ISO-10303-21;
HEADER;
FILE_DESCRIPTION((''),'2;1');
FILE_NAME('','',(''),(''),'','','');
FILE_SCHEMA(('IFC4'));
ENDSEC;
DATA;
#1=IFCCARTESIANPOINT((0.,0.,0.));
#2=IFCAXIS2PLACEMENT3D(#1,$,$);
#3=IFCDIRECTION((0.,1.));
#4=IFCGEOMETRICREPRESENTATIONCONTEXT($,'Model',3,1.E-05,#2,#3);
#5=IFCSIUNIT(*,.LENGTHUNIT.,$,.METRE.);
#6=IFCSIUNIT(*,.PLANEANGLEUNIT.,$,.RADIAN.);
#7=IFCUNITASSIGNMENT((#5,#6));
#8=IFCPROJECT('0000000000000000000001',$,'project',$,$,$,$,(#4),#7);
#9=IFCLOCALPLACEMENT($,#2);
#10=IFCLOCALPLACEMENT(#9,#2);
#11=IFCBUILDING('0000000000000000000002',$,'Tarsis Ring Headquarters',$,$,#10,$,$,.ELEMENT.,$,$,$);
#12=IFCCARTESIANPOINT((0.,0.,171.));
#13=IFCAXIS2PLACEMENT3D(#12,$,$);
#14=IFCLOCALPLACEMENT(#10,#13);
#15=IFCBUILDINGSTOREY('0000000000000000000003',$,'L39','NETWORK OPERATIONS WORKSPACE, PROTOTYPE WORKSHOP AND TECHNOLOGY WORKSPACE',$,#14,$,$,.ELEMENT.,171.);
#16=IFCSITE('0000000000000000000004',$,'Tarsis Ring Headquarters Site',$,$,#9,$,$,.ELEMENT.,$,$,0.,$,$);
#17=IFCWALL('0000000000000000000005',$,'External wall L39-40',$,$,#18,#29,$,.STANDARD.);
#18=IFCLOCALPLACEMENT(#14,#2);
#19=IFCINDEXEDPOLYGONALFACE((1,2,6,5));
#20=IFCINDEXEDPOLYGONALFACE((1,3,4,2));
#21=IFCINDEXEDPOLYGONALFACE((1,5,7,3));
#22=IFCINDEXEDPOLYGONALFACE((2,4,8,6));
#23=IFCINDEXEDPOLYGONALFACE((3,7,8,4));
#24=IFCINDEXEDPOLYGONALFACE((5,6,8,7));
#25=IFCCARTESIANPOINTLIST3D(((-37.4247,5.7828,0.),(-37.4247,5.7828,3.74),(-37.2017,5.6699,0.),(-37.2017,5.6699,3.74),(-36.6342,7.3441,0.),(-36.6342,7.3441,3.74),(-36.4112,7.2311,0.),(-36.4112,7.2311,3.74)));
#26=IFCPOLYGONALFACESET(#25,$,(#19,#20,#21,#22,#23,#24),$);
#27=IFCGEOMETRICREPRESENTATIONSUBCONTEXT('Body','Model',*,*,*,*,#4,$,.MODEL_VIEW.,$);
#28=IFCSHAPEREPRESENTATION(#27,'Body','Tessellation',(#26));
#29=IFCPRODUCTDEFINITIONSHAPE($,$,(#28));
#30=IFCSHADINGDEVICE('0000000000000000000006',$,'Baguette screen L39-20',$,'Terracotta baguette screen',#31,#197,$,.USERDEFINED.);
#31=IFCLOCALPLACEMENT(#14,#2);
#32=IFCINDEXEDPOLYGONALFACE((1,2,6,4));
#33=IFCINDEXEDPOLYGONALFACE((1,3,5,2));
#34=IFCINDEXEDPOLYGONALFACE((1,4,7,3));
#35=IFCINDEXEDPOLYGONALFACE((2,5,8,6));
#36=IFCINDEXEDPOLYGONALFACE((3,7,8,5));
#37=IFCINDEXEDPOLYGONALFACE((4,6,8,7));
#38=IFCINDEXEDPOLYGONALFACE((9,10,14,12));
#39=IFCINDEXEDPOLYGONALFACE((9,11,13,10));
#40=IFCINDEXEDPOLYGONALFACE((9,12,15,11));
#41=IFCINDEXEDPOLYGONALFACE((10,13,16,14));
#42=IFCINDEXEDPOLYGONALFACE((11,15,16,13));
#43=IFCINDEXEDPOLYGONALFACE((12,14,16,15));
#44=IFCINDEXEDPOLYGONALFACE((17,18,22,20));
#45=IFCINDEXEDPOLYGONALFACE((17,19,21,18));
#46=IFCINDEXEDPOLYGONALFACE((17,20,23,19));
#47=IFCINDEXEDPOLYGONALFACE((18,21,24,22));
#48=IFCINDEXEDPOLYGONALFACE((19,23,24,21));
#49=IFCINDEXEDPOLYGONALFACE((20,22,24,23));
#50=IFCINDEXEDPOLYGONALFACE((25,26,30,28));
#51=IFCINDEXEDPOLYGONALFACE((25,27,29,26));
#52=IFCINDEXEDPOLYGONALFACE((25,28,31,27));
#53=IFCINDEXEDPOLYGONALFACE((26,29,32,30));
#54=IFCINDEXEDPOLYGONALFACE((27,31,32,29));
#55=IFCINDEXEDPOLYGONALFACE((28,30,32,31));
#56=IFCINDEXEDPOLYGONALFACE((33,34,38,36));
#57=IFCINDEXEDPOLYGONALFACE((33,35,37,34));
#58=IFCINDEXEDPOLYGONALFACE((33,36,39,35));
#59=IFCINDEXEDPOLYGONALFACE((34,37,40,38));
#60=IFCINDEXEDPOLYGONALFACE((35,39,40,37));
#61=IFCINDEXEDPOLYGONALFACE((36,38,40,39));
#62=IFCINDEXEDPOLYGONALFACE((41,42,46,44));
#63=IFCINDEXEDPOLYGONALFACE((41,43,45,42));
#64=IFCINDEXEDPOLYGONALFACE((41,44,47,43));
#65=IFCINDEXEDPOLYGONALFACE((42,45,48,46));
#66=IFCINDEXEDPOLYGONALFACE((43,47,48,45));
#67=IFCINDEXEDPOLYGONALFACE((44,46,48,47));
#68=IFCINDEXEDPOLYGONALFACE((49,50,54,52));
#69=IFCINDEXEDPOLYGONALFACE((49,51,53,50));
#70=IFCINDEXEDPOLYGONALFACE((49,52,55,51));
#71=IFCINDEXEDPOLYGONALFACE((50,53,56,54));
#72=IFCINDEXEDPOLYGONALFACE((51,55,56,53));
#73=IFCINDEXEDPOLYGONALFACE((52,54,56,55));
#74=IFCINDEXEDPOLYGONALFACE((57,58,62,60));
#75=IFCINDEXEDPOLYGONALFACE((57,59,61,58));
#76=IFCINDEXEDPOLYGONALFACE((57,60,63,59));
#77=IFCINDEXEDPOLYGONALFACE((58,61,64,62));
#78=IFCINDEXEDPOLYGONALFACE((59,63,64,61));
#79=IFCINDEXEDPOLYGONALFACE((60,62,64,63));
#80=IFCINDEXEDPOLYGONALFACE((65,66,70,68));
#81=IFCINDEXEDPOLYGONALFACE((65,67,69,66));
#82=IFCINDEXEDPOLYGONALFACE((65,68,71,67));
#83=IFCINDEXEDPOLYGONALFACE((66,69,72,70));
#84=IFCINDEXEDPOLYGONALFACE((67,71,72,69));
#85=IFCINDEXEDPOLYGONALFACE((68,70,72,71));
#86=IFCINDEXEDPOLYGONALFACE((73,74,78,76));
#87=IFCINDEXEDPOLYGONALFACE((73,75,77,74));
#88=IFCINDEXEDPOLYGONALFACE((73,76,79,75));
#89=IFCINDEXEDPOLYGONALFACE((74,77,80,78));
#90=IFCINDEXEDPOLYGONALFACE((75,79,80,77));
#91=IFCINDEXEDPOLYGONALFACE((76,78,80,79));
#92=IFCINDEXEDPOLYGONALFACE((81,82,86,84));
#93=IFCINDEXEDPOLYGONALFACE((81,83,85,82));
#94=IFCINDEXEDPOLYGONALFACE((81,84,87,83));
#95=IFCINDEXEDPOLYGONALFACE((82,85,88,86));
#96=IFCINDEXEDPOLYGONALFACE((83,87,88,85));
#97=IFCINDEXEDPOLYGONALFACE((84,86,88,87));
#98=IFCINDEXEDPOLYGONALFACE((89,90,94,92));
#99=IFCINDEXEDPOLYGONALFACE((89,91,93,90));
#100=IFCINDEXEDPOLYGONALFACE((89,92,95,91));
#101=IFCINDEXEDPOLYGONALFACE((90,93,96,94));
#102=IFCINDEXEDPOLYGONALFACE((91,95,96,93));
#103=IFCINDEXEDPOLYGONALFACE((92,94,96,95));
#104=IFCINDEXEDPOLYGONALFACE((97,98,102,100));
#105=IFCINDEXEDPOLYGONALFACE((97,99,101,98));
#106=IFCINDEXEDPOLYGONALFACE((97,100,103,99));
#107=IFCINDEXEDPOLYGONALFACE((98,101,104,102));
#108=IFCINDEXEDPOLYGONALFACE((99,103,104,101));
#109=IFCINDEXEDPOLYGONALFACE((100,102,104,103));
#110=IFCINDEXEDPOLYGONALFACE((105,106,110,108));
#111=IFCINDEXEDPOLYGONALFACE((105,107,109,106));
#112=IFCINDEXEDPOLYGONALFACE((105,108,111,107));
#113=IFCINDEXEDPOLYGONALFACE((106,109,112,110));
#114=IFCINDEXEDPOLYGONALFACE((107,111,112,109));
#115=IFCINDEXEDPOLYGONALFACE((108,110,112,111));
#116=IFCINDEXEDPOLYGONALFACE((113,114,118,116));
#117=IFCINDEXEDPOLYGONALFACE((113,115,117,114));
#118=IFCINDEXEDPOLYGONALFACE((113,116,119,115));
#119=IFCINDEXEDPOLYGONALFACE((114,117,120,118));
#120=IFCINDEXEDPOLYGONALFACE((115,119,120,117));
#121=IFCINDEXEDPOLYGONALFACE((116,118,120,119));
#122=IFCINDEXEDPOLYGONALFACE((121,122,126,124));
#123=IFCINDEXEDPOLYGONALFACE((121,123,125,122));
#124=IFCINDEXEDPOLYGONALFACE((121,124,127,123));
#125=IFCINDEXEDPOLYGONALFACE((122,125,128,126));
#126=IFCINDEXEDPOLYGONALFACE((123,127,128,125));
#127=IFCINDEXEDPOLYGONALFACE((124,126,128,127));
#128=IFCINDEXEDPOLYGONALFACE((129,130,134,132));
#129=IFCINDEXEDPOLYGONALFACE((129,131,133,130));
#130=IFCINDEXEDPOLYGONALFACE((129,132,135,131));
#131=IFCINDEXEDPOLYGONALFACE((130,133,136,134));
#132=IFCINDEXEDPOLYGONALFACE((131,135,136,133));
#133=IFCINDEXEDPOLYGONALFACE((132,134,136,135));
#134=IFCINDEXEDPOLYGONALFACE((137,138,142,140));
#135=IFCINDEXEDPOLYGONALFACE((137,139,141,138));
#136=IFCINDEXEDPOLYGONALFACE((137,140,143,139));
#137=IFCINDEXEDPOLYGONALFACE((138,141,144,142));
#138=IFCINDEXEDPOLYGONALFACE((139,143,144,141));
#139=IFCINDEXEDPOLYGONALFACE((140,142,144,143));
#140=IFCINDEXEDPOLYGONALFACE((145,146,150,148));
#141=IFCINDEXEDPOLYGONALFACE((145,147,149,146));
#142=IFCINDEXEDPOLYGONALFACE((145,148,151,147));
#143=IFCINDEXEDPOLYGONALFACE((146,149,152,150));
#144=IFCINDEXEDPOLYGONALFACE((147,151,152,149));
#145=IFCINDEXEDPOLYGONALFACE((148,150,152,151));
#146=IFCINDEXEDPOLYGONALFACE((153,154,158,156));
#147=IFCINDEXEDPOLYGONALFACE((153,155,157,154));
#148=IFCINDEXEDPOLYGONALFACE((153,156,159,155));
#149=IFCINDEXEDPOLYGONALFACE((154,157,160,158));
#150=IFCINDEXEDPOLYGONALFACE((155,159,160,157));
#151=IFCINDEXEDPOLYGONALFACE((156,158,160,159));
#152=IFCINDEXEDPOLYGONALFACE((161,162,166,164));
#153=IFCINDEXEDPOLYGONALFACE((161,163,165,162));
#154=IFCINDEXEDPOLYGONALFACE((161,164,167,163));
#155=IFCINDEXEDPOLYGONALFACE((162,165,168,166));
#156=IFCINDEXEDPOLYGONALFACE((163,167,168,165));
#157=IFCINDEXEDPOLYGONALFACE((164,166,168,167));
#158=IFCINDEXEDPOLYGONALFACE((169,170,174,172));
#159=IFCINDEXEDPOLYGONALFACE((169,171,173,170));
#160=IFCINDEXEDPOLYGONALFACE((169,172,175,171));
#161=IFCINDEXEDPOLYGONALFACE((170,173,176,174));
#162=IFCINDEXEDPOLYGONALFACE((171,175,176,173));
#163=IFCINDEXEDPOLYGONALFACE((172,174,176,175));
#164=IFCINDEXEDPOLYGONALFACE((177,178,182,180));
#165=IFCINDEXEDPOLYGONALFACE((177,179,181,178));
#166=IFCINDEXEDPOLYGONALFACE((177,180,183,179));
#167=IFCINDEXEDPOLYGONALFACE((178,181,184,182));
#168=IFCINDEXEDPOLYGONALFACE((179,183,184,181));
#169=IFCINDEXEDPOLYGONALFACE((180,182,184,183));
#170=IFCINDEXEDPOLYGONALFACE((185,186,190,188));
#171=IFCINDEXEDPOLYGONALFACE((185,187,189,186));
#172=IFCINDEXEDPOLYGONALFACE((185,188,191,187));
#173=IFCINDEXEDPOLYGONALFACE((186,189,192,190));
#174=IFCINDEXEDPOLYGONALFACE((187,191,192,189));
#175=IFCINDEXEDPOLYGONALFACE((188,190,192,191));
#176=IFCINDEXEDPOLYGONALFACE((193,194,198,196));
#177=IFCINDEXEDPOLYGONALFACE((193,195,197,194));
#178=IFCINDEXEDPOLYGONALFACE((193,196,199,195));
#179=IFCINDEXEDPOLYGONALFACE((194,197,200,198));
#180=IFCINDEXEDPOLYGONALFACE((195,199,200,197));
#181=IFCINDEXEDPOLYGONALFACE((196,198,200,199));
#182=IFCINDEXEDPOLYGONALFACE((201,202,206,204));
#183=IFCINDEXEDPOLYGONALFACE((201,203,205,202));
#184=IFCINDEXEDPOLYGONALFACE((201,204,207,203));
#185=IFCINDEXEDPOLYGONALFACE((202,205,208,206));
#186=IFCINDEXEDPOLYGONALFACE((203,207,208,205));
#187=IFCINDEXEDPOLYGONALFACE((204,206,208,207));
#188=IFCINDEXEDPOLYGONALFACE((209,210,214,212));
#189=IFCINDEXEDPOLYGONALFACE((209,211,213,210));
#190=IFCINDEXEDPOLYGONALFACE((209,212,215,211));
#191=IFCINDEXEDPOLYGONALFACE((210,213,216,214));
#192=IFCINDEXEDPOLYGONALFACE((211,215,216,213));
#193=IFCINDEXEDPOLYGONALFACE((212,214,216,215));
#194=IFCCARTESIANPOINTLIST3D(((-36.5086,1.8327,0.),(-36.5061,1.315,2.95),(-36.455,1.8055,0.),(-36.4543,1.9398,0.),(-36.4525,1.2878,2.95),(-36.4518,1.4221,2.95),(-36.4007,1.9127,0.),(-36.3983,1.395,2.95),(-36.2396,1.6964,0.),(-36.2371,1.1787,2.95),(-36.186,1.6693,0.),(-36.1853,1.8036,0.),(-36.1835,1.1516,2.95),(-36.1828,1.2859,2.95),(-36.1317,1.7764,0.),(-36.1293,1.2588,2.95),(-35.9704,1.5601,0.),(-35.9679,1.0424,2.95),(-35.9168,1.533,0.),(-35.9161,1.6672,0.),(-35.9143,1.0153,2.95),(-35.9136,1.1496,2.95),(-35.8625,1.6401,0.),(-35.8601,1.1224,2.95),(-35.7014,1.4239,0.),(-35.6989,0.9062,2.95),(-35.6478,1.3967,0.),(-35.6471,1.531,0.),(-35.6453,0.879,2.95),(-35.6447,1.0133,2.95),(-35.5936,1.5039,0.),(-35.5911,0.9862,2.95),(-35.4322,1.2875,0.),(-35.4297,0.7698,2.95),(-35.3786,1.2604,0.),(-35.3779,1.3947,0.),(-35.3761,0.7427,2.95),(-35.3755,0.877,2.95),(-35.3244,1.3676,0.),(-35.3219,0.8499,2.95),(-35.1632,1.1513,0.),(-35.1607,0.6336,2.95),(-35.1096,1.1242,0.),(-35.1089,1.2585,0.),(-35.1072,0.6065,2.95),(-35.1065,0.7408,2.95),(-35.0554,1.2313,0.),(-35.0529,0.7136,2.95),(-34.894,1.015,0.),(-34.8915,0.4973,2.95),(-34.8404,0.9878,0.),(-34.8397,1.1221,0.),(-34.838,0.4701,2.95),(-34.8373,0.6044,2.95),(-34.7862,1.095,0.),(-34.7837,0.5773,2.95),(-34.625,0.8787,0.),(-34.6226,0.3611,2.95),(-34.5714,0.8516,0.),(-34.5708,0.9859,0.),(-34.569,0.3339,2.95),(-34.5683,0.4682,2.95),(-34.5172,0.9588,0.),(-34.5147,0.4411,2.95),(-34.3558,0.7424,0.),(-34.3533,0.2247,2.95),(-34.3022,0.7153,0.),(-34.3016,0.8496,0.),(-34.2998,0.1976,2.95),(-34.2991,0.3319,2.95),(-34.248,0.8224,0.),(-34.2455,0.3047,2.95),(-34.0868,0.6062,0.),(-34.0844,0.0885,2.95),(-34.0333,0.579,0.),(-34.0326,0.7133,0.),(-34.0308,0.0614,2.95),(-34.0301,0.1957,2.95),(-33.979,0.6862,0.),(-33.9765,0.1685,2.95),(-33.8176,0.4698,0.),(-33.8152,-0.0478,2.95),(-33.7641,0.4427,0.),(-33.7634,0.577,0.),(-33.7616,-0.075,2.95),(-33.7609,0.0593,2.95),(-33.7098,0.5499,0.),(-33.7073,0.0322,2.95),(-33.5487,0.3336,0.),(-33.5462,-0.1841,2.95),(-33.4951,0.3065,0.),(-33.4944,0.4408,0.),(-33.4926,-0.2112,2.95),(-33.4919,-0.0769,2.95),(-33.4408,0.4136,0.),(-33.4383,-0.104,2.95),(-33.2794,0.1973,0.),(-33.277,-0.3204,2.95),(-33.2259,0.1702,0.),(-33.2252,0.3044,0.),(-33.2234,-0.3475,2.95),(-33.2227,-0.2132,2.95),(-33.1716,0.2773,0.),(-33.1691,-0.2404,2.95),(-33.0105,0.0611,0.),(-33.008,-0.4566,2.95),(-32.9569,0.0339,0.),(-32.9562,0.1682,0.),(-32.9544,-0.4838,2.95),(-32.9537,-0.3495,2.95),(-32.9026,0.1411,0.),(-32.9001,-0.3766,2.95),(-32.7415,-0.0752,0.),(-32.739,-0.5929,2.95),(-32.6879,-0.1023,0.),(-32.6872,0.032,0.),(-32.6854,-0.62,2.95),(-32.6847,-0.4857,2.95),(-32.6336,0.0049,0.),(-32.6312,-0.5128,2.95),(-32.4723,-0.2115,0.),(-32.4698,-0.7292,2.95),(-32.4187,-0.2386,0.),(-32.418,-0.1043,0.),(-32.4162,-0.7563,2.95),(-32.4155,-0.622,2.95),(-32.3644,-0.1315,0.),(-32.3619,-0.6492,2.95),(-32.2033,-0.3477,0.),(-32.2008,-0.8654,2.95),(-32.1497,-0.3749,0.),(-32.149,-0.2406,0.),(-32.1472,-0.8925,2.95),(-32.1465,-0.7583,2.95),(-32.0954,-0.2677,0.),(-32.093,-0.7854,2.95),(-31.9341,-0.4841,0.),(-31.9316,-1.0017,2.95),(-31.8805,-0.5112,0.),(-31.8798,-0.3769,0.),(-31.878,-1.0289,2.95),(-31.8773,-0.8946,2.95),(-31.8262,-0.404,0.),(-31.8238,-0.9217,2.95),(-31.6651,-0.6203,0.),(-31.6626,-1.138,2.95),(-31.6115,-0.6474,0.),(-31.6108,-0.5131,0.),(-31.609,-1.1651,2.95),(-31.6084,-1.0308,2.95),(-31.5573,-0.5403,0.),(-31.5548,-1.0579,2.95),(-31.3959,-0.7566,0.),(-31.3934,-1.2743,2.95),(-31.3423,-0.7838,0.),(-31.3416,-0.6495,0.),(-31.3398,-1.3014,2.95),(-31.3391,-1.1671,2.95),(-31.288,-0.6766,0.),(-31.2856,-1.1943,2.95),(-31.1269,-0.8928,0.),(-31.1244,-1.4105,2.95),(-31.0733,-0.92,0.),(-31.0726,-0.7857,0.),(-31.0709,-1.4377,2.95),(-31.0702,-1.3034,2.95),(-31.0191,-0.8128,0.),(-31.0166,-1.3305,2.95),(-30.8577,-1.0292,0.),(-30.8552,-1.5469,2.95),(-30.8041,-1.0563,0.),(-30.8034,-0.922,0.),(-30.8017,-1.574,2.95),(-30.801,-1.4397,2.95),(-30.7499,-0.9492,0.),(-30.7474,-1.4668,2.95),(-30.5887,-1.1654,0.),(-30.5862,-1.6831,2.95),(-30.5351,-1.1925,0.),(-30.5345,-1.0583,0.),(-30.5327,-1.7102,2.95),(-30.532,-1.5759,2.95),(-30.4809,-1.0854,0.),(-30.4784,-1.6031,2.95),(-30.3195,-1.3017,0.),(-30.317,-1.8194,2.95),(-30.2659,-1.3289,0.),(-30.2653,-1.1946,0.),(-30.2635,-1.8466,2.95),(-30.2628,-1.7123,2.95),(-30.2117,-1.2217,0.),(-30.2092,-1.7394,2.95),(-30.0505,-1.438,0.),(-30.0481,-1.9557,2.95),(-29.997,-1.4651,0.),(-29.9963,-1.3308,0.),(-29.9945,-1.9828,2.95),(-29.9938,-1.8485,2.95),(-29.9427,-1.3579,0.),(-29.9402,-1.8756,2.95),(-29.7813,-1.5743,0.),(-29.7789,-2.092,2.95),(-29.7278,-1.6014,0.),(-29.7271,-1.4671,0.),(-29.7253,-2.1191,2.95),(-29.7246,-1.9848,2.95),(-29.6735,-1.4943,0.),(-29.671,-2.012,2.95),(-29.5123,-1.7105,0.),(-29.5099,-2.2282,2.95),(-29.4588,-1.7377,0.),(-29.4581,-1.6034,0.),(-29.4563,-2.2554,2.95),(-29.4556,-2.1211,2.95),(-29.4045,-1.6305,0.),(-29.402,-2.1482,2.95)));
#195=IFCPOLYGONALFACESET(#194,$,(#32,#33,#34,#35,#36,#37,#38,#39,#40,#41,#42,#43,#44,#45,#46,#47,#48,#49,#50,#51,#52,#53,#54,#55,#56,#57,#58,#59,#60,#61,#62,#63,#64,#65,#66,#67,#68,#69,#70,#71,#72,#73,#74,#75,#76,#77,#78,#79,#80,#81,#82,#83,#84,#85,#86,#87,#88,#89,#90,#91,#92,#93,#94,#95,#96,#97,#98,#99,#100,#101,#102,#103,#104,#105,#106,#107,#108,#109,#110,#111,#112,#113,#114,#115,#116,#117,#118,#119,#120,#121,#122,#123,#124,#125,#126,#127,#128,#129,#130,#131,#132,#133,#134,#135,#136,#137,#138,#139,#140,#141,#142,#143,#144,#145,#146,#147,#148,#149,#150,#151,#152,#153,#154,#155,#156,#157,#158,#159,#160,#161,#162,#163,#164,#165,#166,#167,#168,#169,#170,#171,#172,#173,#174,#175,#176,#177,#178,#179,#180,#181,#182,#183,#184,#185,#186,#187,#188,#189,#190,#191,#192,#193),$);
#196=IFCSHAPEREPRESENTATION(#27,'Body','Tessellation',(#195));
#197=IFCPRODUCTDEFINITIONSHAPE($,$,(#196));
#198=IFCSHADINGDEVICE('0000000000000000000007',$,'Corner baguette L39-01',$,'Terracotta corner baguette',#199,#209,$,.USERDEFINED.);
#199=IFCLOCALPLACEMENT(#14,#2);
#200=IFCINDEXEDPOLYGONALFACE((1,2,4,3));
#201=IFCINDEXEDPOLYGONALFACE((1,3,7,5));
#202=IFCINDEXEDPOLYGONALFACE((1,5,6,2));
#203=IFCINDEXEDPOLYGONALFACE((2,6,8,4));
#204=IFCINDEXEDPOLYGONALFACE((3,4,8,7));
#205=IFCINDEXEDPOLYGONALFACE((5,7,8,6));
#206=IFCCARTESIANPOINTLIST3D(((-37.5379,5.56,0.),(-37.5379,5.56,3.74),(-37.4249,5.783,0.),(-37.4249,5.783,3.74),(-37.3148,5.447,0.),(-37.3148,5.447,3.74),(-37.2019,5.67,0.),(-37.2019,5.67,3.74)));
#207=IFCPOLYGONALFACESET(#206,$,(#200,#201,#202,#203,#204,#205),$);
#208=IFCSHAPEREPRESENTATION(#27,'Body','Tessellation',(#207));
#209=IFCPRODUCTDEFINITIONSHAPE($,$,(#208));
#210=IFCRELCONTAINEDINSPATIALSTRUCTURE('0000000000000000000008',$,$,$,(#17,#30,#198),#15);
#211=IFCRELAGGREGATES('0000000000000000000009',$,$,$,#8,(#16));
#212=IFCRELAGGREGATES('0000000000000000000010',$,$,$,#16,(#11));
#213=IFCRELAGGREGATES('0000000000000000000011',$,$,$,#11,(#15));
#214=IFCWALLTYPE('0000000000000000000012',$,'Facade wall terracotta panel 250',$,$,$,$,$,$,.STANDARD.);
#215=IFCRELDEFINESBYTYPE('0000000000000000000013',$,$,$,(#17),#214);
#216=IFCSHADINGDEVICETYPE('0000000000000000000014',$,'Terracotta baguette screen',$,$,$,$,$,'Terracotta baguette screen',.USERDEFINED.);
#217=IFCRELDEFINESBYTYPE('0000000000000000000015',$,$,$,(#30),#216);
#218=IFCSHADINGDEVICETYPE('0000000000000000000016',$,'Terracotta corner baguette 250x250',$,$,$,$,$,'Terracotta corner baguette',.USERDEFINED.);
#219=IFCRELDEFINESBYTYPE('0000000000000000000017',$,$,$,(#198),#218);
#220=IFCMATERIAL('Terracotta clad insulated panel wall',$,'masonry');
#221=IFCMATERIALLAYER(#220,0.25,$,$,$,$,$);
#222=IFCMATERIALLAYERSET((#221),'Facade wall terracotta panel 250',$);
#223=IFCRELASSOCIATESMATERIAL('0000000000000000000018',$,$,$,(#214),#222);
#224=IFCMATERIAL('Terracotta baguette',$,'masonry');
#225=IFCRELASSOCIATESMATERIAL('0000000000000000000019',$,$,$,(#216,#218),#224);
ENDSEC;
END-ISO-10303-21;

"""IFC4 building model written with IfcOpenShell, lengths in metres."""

from ifc_helpers import new_model, si_unit, direction, frame, frame_2d, origin, origin_2d, place, context, subcontext, project, spatial, rectangle, composite_profile, extrude, material, layer, layer_set, type_object, element, save


model = new_model("IFC4")

# Units and contexts
model_context = context("Model", 3, precision=1e-05, world=origin(), true_north=direction((0.0, 1.0)))
body_context = subcontext(model_context, "Body", "Model", "MODEL_VIEW")
ifc_project = project(units=[si_unit("LENGTHUNIT", "METRE"), si_unit("PLANEANGLEUNIT", "RADIAN")], contexts=[model_context])

# Site, building, storey
site_placement = place(None, origin())
site = spatial("IfcSite", under=ifc_project, at=site_placement, Name="Tarsis Ring Headquarters Site", CompositionType="ELEMENT", RefElevation=0.0)
building_placement = place(site_placement, origin())
building = spatial("IfcBuilding", under=site, at=building_placement, Name="Tarsis Ring Headquarters", CompositionType="ELEMENT")
storey_placement = place(building_placement, frame((0.0, 0.0, 171.0)))
storey = spatial("IfcBuildingStorey", under=building, at=storey_placement, Name="L39", Description="NETWORK OPERATIONS WORKSPACE, PROTOTYPE WORKSHOP AND TECHNOLOGY WORKSPACE", CompositionType="ELEMENT", Elevation=171.0)

# Shared definitions
ifc_material_1 = material(Name="Terracotta clad insulated panel wall", Category="masonry")
ifc_layer = layer(ifc_material_1, 0.25)
ifc_layer_set = layer_set([ifc_layer], Name="Facade wall terracotta panel 250")
wall_type = type_object("IfcWallType", Name="Facade wall terracotta panel 250", PredefinedType="STANDARD", material=ifc_layer_set)

# Wall
for number, where, z_axis, x_axis, name in (
    (1, (-36.5227, 7.2876, 0.0), (0.0, 0.0, 1.0), (-0.451728, -0.892156, 0.0), "External wall L39-40"),
):
    element("IfcWall", number, at=place(storey_placement, frame(where, z_axis=z_axis, x_axis=x_axis)), inside=storey, type_object=wall_type, Name=name, PredefinedType="STANDARD", context=body_context, shape_type="SweptSolid", body=[
        extrude(rectangle(XDim=1.75, YDim=0.25, at=frame_2d((0.875, 0.0))), origin(), (0.0, 0.0, 1.0), 3.74),
    ])

# Shading devices
ifc_material_2 = material(Name="Terracotta baguette", Category="masonry")
shading_device_type_1 = type_object("IfcShadingDeviceType", Name="Terracotta baguette screen", ElementType="Terracotta baguette screen", PredefinedType="USERDEFINED", material=ifc_material_2)
shading_device_1_placement = place(storey_placement, frame((-36.4814, 1.8862, 0.0), z_axis=(0.0, 0.0, 1.0), x_axis=(0.892116, -0.451804, 0.0)))
element("IfcShadingDevice", 2, at=shading_device_1_placement, inside=storey, type_object=shading_device_type_1, Name="Baguette screen L39-20", ObjectType="Terracotta baguette screen", PredefinedType="USERDEFINED", context=body_context, shape_type="SweptSolid", body=[
    extrude(composite_profile([rectangle(XDim=0.0601, YDim=0.1201, at=frame_2d((0.03, 0.0))), rectangle(XDim=0.0601, YDim=0.1201, at=frame_2d((0.3315, 0.0))), rectangle(XDim=0.0601, YDim=0.1201, at=frame_2d((0.6333, 0.0))), rectangle(XDim=0.0601, YDim=0.1201, at=frame_2d((0.9348, 0.0))), rectangle(XDim=0.0601, YDim=0.1201, at=frame_2d((1.2366, 0.0))), rectangle(XDim=0.0601, YDim=0.1201, at=frame_2d((1.5381, 0.0))), rectangle(XDim=0.0601, YDim=0.1201, at=frame_2d((1.8398, 0.0))), rectangle(XDim=0.0601, YDim=0.1201, at=frame_2d((2.1414, 0.0))), rectangle(XDim=0.0601, YDim=0.1201, at=frame_2d((2.4431, 0.0))), rectangle(XDim=0.0601, YDim=0.1201, at=frame_2d((2.7446, 0.0))), rectangle(XDim=0.0601, YDim=0.1201, at=frame_2d((3.0464, 0.0))), rectangle(XDim=0.0601, YDim=0.1201, at=frame_2d((3.3479, 0.0))), rectangle(XDim=0.0601, YDim=0.1201, at=frame_2d((3.6497, 0.0))), rectangle(XDim=0.0601, YDim=0.1201, at=frame_2d((3.9512, 0.0))), rectangle(XDim=0.0601, YDim=0.1201, at=frame_2d((4.2527, 0.0))), rectangle(XDim=0.0601, YDim=0.1201, at=frame_2d((4.5544, 0.0))), rectangle(XDim=0.0601, YDim=0.1201, at=frame_2d((4.856, 0.0))), rectangle(XDim=0.0601, YDim=0.1201, at=frame_2d((5.1577, 0.0))), rectangle(XDim=0.0601, YDim=0.1201, at=frame_2d((5.4592, 0.0))), rectangle(XDim=0.0601, YDim=0.1201, at=frame_2d((5.761, 0.0))), rectangle(XDim=0.0601, YDim=0.1201, at=frame_2d((6.0625, 0.0))), rectangle(XDim=0.0601, YDim=0.1201, at=frame_2d((6.3643, 0.0))), rectangle(XDim=0.0601, YDim=0.1201, at=frame_2d((6.6658, 0.0))), rectangle(XDim=0.0601, YDim=0.1201, at=frame_2d((6.9675, 0.0))), rectangle(XDim=0.0601, YDim=0.1201, at=frame_2d((7.269, 0.0))), rectangle(XDim=0.0601, YDim=0.1201, at=frame_2d((7.5708, 0.0))), rectangle(XDim=0.0601, YDim=0.1201, at=frame_2d((7.8723, 0.0)))]), origin(), (0.078829, -0.153822, 0.984949), 2.9951),
])
shading_device_type_2 = type_object("IfcShadingDeviceType", Name="Terracotta corner baguette 250x250", ElementType="Terracotta corner baguette", PredefinedType="USERDEFINED", material=ifc_material_2)
for number, where, z_axis, x_axis, name in (
    (3, (-37.3699, 5.615, 0.0), (0.0, 0.0, 1.0), (-0.451812, -0.892113, 0.0), "Corner baguette L39-01"),
):
    element("IfcShadingDevice", number, at=place(storey_placement, frame(where, z_axis=z_axis, x_axis=x_axis)), inside=storey, type_object=shading_device_type_2, Name=name, ObjectType="Terracotta corner baguette", PredefinedType="USERDEFINED", context=body_context, shape_type="SweptSolid", body=[
        extrude(rectangle(XDim=0.25, YDim=0.25, at=origin_2d()), origin(), (0.0, 0.0, 1.0), 3.74),
    ])

save(model, "model.ifc")
